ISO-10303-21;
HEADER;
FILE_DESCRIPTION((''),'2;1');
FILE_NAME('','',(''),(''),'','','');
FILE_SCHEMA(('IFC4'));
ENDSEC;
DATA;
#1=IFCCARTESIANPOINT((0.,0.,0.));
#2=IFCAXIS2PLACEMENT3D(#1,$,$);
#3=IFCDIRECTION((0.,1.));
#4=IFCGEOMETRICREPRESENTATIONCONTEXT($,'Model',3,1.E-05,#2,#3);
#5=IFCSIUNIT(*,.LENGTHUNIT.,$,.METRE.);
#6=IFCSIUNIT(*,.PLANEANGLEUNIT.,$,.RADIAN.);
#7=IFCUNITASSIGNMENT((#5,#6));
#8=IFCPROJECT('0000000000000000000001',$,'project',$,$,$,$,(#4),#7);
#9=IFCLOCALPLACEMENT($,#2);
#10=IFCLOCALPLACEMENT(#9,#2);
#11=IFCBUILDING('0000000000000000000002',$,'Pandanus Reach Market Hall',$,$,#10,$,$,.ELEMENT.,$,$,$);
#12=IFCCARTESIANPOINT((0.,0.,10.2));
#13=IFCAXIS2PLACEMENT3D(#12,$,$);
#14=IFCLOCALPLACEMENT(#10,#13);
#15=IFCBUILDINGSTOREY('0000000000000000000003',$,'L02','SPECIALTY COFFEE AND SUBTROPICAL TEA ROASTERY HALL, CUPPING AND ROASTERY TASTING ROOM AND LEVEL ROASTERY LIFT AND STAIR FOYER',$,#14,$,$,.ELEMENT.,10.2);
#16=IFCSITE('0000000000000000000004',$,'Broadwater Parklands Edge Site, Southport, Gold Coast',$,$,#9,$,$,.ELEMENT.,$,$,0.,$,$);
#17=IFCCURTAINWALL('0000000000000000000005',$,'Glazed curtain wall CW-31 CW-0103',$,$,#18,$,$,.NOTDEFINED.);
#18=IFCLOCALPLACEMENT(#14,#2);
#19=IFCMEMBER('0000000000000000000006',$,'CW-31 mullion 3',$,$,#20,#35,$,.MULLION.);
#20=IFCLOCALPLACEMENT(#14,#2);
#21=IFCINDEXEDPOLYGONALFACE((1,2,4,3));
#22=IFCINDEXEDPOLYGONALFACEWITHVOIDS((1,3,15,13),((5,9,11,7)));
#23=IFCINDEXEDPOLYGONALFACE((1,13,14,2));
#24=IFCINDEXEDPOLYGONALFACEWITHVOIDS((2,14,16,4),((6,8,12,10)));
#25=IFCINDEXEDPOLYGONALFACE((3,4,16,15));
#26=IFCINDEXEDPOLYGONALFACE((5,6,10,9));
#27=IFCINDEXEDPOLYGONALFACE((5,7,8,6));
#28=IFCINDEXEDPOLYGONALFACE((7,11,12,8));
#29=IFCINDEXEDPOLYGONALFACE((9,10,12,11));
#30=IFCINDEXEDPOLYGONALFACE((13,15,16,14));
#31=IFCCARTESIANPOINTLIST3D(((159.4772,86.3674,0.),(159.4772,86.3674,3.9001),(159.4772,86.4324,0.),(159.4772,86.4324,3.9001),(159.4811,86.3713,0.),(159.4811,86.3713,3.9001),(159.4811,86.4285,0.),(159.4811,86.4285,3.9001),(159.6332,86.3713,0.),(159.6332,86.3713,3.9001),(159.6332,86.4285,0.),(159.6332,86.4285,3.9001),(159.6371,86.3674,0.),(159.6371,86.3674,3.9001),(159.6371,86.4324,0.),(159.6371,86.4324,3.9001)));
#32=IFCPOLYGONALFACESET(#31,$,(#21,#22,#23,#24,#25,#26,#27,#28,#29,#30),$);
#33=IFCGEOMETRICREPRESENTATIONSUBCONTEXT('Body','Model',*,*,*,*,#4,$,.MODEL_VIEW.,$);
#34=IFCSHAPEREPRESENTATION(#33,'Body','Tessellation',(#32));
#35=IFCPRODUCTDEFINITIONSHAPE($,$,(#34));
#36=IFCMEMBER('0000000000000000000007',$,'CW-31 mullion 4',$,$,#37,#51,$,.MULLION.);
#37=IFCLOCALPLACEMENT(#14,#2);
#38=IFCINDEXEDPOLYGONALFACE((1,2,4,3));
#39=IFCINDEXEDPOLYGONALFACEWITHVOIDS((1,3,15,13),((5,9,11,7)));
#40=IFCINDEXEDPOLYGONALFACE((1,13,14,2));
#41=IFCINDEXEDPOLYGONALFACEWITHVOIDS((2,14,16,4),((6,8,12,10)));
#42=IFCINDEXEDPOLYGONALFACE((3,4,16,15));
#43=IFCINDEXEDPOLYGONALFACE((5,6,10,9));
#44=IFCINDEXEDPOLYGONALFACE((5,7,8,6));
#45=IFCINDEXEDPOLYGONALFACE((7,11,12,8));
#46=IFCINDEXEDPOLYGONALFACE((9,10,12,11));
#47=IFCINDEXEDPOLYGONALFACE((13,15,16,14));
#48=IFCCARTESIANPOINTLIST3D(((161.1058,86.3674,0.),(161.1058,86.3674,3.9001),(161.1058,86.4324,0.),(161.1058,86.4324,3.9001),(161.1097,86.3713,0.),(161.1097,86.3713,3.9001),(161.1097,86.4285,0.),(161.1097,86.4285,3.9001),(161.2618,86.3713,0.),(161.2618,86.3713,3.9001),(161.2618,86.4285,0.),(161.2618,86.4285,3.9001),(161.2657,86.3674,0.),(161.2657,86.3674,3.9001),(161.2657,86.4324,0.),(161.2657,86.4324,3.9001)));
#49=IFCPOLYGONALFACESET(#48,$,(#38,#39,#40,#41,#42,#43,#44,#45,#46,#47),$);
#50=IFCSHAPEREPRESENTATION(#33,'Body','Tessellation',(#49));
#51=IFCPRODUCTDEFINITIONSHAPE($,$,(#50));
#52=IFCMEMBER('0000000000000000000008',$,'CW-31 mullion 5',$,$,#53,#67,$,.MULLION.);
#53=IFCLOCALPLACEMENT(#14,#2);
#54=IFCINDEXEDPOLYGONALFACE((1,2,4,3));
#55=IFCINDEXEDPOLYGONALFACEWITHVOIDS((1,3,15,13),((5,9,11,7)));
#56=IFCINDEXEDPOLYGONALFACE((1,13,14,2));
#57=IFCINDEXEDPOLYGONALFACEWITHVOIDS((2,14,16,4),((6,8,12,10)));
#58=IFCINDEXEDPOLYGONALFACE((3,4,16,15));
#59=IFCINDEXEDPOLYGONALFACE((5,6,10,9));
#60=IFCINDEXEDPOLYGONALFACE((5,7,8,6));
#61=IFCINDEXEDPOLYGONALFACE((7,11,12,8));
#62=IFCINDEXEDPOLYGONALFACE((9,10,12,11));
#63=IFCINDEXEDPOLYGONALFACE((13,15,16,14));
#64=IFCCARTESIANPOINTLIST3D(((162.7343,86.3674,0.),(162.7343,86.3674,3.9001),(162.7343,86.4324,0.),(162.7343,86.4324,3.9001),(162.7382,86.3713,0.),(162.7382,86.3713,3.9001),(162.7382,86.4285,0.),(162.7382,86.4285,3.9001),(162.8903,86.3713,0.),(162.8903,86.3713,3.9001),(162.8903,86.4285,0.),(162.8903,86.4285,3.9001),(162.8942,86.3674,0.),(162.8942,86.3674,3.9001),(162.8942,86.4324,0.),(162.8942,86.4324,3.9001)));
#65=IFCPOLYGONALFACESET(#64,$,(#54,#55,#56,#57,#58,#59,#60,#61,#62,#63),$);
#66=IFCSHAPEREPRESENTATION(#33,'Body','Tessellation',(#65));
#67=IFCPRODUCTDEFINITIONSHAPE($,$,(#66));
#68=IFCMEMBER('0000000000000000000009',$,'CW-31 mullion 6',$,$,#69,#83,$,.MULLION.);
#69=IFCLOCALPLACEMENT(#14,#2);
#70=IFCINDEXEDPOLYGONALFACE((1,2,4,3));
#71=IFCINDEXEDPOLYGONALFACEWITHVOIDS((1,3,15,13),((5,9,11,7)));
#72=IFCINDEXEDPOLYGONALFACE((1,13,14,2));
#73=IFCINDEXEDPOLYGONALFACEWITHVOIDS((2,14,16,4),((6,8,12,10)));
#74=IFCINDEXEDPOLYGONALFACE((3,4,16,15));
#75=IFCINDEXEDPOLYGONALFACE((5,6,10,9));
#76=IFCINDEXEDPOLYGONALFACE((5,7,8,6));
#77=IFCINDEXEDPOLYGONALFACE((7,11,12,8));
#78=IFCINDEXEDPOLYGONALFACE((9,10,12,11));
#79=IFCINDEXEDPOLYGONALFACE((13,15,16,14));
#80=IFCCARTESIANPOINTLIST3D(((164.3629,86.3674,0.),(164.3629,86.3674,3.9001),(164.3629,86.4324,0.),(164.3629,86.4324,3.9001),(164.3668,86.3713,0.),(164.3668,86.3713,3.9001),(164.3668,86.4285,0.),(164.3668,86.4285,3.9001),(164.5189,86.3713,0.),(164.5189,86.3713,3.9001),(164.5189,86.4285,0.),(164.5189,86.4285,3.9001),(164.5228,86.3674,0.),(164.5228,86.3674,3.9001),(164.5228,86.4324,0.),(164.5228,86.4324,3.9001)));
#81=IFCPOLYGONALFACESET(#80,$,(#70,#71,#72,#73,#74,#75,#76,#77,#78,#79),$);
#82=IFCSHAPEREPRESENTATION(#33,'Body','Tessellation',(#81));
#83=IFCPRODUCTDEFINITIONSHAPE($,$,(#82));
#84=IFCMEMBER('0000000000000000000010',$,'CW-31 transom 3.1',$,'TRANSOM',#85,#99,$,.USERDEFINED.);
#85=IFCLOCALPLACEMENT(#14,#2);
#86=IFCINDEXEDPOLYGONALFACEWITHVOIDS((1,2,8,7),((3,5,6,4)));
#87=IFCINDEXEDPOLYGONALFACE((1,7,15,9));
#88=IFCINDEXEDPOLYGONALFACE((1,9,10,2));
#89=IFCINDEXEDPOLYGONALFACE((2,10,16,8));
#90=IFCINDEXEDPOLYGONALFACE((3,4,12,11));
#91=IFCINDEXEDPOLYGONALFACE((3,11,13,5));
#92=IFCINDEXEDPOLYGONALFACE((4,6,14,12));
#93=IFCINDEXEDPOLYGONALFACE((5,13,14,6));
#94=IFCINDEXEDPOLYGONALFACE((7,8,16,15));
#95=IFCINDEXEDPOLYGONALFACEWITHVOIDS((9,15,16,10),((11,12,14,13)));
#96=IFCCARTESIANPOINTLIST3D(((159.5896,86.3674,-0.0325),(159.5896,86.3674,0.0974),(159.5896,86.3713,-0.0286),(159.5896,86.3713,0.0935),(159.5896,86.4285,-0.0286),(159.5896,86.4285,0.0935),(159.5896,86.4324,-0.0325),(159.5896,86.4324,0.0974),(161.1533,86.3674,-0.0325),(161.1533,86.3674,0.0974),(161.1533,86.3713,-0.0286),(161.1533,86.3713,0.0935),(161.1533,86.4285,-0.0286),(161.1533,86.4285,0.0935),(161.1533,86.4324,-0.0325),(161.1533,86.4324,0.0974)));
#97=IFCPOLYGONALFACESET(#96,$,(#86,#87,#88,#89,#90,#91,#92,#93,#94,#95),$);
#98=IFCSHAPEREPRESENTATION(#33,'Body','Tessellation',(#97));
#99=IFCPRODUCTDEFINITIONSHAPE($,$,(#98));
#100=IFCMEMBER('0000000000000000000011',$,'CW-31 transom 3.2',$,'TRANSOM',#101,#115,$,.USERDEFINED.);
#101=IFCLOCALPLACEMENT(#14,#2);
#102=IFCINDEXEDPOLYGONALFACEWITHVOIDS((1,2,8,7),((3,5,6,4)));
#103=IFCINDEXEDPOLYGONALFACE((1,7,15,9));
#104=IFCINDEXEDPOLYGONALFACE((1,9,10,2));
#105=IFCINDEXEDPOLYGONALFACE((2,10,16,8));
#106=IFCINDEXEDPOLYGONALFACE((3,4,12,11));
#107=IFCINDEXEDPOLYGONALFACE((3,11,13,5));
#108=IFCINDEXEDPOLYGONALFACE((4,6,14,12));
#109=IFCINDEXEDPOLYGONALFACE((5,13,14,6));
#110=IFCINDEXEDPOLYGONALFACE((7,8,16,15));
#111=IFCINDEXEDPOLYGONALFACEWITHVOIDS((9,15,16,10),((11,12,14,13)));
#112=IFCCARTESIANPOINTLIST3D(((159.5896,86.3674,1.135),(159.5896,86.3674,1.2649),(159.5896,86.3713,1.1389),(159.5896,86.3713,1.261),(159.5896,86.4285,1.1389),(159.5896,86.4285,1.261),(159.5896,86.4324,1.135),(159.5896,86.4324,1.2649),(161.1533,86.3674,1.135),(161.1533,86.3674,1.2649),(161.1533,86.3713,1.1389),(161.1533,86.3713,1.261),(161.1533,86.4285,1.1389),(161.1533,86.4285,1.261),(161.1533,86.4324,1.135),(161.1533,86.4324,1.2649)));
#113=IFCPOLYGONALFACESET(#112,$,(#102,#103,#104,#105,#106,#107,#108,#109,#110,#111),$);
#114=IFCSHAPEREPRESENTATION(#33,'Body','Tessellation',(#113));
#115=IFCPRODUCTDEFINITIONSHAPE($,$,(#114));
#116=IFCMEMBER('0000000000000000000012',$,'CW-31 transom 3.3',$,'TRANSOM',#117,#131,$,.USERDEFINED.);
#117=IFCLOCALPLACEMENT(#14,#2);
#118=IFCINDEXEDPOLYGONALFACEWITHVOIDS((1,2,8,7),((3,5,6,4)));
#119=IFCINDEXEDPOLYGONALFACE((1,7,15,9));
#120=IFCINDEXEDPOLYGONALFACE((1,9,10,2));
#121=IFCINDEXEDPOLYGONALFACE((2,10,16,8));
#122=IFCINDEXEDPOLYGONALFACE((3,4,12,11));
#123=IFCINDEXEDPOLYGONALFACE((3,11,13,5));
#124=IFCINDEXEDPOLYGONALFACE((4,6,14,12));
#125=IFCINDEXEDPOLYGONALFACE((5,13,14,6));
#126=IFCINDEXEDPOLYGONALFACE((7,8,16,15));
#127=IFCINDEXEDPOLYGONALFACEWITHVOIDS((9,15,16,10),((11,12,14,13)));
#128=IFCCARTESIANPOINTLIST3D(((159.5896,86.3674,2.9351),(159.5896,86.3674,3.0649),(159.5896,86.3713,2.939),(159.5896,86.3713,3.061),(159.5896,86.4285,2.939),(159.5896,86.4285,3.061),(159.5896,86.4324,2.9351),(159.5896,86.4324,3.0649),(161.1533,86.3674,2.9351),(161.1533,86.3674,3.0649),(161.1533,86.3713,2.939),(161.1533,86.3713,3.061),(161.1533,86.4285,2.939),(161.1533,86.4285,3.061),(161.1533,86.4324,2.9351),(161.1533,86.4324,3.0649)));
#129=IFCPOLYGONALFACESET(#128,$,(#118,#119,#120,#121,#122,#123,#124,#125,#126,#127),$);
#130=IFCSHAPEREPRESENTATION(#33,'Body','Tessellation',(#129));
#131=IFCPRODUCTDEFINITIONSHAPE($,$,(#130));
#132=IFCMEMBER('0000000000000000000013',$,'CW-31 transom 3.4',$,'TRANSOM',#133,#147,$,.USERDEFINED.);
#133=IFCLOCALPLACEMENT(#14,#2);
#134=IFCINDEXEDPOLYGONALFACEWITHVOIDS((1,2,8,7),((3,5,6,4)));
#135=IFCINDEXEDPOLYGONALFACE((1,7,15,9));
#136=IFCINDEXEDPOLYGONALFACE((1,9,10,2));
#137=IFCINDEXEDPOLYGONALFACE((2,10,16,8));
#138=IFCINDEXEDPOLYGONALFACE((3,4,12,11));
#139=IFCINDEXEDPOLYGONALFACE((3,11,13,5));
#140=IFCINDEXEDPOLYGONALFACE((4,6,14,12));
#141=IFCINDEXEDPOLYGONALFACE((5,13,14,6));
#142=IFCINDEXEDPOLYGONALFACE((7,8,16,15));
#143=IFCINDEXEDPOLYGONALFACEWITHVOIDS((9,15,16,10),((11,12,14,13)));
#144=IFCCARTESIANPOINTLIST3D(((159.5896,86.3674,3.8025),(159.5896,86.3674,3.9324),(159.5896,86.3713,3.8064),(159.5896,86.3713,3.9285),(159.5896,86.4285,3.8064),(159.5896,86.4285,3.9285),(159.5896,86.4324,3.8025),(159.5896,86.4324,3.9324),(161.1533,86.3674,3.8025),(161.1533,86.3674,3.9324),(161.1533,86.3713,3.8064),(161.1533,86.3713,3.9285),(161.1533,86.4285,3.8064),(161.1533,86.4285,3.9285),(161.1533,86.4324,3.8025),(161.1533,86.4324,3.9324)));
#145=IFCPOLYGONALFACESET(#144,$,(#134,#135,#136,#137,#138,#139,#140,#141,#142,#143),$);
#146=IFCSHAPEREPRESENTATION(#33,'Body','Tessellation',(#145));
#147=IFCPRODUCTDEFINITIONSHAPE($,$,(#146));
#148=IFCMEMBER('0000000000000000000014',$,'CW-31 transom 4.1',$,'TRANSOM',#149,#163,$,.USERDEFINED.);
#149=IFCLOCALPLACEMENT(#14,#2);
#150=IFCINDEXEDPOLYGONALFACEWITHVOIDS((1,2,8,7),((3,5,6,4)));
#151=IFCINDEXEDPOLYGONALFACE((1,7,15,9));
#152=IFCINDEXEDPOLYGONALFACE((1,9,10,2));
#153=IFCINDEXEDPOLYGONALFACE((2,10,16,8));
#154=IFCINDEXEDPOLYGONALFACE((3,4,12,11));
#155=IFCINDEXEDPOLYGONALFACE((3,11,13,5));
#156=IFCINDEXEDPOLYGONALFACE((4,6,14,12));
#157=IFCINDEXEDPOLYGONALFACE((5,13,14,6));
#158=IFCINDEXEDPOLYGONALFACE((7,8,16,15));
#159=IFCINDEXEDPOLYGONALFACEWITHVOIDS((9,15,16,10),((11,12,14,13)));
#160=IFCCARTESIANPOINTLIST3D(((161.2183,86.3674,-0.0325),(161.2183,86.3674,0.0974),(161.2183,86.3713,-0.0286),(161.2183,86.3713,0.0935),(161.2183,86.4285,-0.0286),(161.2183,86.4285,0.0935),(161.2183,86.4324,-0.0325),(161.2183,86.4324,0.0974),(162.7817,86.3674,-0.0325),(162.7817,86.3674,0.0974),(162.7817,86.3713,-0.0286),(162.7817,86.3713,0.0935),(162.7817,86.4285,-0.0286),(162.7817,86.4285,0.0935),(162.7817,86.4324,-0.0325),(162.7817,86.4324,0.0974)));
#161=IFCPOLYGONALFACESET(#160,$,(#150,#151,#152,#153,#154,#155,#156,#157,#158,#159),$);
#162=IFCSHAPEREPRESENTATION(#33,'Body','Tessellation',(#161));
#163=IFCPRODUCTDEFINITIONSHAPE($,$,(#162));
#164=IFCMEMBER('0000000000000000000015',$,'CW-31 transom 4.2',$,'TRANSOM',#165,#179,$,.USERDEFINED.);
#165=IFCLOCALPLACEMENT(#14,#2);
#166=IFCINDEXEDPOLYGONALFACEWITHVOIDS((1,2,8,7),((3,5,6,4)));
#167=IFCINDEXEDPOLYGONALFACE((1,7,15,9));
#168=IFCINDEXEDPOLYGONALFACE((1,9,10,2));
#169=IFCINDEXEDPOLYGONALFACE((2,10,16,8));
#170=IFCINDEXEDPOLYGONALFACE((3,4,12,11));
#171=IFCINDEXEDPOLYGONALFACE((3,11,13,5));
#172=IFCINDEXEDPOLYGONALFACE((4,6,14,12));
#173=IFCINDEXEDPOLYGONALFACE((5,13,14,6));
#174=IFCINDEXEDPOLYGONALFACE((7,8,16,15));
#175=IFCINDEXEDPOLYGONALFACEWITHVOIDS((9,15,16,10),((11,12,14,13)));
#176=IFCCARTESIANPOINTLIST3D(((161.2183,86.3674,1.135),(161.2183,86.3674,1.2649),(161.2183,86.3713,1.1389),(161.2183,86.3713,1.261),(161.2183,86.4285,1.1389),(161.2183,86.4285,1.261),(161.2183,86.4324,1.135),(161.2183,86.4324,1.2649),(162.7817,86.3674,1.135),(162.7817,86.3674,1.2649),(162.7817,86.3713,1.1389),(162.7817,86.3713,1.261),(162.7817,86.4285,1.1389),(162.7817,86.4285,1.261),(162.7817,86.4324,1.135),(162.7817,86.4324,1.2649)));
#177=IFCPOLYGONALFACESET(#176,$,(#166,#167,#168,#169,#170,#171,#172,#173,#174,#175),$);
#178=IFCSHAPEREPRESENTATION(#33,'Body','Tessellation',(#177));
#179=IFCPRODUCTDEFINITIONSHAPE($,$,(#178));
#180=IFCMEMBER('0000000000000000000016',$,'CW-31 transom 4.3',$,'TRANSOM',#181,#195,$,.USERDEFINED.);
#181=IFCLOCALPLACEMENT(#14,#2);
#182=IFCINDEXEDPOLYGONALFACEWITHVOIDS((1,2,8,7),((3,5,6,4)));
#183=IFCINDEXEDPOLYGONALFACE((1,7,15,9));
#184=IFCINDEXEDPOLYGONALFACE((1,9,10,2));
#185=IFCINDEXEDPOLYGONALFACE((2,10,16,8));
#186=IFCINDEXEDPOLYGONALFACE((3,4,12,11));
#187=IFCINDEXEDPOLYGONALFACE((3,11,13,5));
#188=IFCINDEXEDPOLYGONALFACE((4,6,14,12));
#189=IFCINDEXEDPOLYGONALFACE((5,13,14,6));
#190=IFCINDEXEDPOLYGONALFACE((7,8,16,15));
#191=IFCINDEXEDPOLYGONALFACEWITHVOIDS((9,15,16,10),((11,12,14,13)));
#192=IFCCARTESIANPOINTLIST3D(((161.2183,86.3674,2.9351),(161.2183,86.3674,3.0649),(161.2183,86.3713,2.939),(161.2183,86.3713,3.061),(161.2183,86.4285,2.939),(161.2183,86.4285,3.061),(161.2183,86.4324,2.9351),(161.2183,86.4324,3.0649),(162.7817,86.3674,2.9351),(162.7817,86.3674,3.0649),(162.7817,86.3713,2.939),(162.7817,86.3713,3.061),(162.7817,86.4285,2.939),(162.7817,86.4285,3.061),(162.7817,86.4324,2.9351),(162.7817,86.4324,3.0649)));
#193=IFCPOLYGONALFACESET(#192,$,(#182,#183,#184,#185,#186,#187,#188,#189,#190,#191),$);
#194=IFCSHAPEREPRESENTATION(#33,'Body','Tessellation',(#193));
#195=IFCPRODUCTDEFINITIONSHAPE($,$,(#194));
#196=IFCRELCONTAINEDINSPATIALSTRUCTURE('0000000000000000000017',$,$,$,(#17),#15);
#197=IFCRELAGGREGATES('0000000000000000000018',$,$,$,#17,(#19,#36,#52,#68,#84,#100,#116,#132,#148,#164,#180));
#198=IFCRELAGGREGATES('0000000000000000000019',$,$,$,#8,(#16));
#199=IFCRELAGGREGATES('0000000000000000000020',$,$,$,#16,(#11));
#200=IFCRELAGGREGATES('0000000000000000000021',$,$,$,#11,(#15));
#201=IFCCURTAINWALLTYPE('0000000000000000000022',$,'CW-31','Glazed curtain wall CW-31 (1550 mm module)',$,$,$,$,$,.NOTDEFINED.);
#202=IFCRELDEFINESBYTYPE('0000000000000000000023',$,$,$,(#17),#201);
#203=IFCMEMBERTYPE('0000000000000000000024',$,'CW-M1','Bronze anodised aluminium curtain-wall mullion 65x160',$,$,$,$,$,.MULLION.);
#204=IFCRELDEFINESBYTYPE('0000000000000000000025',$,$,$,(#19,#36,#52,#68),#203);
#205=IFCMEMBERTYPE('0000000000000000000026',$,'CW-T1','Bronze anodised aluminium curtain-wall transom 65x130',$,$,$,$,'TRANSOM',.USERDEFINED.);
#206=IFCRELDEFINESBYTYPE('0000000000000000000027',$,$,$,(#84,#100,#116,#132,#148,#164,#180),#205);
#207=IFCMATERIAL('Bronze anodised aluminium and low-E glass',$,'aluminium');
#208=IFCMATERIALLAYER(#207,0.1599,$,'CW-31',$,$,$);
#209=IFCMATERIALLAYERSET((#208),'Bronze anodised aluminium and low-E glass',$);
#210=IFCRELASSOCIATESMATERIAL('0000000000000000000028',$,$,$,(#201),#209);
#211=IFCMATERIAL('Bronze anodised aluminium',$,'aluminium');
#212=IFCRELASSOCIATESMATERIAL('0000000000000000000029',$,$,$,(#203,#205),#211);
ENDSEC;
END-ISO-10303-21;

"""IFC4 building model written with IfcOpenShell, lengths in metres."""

from ifc_helpers import new_model, si_unit, direction, frame, origin, origin_2d, place, context, subcontext, project, spatial, hollow_rectangle, extrude, material, layer, layer_set, material_profile, profile_set, type_object, element, aggregate, save


model = new_model("IFC4")

# Units and contexts
model_context = context("Model", 3, precision=1e-05, world=origin(), true_north=direction((0.0, 1.0)))
body_context = subcontext(model_context, "Body", "Model", "MODEL_VIEW")
ifc_project = project(units=[si_unit("LENGTHUNIT", "METRE"), si_unit("PLANEANGLEUNIT", "RADIAN")], contexts=[model_context])

# Site, building, storey
site_placement = place(None, origin())
site = spatial("IfcSite", under=ifc_project, at=site_placement, Name="Broadwater Parklands Edge Site, Southport, Gold Coast", CompositionType="ELEMENT", RefElevation=0.0)
building_placement = place(site_placement, origin())
building = spatial("IfcBuilding", under=site, at=building_placement, Name="Pandanus Reach Market Hall", CompositionType="ELEMENT")
storey_placement = place(building_placement, frame((0.0, 0.0, 10.2)))
storey = spatial("IfcBuildingStorey", under=building, at=storey_placement, Name="L02", Description="SPECIALTY COFFEE AND SUBTROPICAL TEA ROASTERY HALL, CUPPING AND ROASTERY TASTING ROOM AND LEVEL ROASTERY LIFT AND STAIR FOYER", CompositionType="ELEMENT", Elevation=10.2)

# Curtain wall, members
ifc_material_1 = material(Name="Bronze anodised aluminium and low-E glass", Category="aluminium")
ifc_layer_1 = layer(ifc_material_1, 0.1599, Name="CW-31")
ifc_layer_set_1 = layer_set([ifc_layer_1], Name="Bronze anodised aluminium and low-E glass")
curtain_wall_type = type_object("IfcCurtainWallType", Name="CW-31", Description="Glazed curtain wall CW-31 (1550 mm module)", PredefinedType="NOTDEFINED", material=ifc_layer_set_1)
curtain_wall_placement = place(storey_placement, origin())
curtain_wall = element("IfcCurtainWall", 1, at=curtain_wall_placement, inside=storey, type_object=curtain_wall_type, Name="Glazed curtain wall CW-31 CW-0103", PredefinedType="NOTDEFINED")
ifc_material_2 = material(Name="Bronze anodised aluminium", Category="aluminium")
ifc_material_profile_1 = material_profile(ifc_material_2, hollow_rectangle(XDim=0.0649, YDim=0.1599, WallThickness=0.0039, at=origin_2d()), Name="ALU65x160", Category="LoadBearing")
ifc_profile_set_1 = profile_set([ifc_material_profile_1], Name="Bronze anodised aluminium")
member_type_1 = type_object("IfcMemberType", Name="CW-M1", Description="Bronze anodised aluminium curtain-wall mullion 65x160", PredefinedType="MULLION", material=ifc_profile_set_1)
member_1_placement = place(storey_placement, frame((159.5571, 86.3999, 0.0), z_axis=(0.0, 0.0, 1.0), x_axis=(0.0, 1.0, 0.0)))
member_1 = element("IfcMember", 2, at=member_1_placement, type_object=member_type_1, Name="CW-31 mullion 3", PredefinedType="MULLION", context=body_context, shape_type="SweptSolid", body=[
    extrude(hollow_rectangle(XDim=0.0649, YDim=0.1599, WallThickness=0.0039, at=origin_2d()), origin(), (0.0, 0.0, 1.0), 3.9001),
])
member_2_placement = place(storey_placement, frame((161.1858, 86.3999, 0.0), z_axis=(0.0, 0.0, 1.0), x_axis=(0.0, 1.0, 0.0)))
member_2 = element("IfcMember", 3, at=member_2_placement, type_object=member_type_1, Name="CW-31 mullion 4", PredefinedType="MULLION", context=body_context, shape_type="SweptSolid", body=[
    extrude(hollow_rectangle(XDim=0.0649, YDim=0.1599, WallThickness=0.0039, at=origin_2d()), origin(), (0.0, 0.0, 1.0), 3.9001),
])
member_3_placement = place(storey_placement, frame((162.8142, 86.3999, 0.0), z_axis=(0.0, 0.0, 1.0), x_axis=(0.0, 1.0, 0.0)))
member_3 = element("IfcMember", 4, at=member_3_placement, type_object=member_type_1, Name="CW-31 mullion 5", PredefinedType="MULLION", context=body_context, shape_type="SweptSolid", body=[
    extrude(hollow_rectangle(XDim=0.0649, YDim=0.1599, WallThickness=0.0039, at=origin_2d()), origin(), (0.0, 0.0, 1.0), 3.9001),
])
member_4_placement = place(storey_placement, frame((164.4429, 86.3999, 0.0), z_axis=(0.0, 0.0, 1.0), x_axis=(0.0, 1.0, 0.0)))
member_4 = element("IfcMember", 5, at=member_4_placement, type_object=member_type_1, Name="CW-31 mullion 6", PredefinedType="MULLION", context=body_context, shape_type="SweptSolid", body=[
    extrude(hollow_rectangle(XDim=0.0649, YDim=0.1599, WallThickness=0.0039, at=origin_2d()), origin(), (0.0, 0.0, 1.0), 3.9001),
])
ifc_material_profile_2 = material_profile(ifc_material_2, hollow_rectangle(XDim=0.0649, YDim=0.1299, WallThickness=0.0039, at=origin_2d()), Name="ALU65x130", Category="LoadBearing")
ifc_profile_set_2 = profile_set([ifc_material_profile_2], Name="Bronze anodised aluminium")
member_type_2 = type_object("IfcMemberType", Name="CW-T1", Description="Bronze anodised aluminium curtain-wall transom 65x130", ElementType="TRANSOM", PredefinedType="USERDEFINED", material=ifc_profile_set_2)
member_5_placement = place(storey_placement, frame((159.5896, 86.3999, 0.0325), z_axis=(1.0, 0.0, 0.0), x_axis=(0.0, 1.0, 0.0)))
member_5 = element("IfcMember", 6, at=member_5_placement, type_object=member_type_2, Name="CW-31 transom 3.1", ObjectType="TRANSOM", PredefinedType="USERDEFINED", context=body_context, shape_type="SweptSolid", body=[
    extrude(hollow_rectangle(XDim=0.0649, YDim=0.1299, WallThickness=0.0039, at=origin_2d()), origin(), (0.0, 0.0, 1.0), 1.5637),
])
member_6_placement = place(storey_placement, frame((159.5896, 86.3999, 1.2), z_axis=(1.0, 0.0, 0.0), x_axis=(0.0, 1.0, 0.0)))
member_6 = element("IfcMember", 7, at=member_6_placement, type_object=member_type_2, Name="CW-31 transom 3.2", ObjectType="TRANSOM", PredefinedType="USERDEFINED", context=body_context, shape_type="SweptSolid", body=[
    extrude(hollow_rectangle(XDim=0.0649, YDim=0.1299, WallThickness=0.0039, at=origin_2d()), origin(), (0.0, 0.0, 1.0), 1.5637),
])
member_7_placement = place(storey_placement, frame((159.5896, 86.3999, 3.0), z_axis=(1.0, 0.0, 0.0), x_axis=(0.0, 1.0, 0.0)))
member_7 = element("IfcMember", 8, at=member_7_placement, type_object=member_type_2, Name="CW-31 transom 3.3", ObjectType="TRANSOM", PredefinedType="USERDEFINED", context=body_context, shape_type="SweptSolid", body=[
    extrude(hollow_rectangle(XDim=0.0649, YDim=0.1299, WallThickness=0.0039, at=origin_2d()), origin(), (0.0, 0.0, 1.0), 1.5637),
])
member_8_placement = place(storey_placement, frame((159.5896, 86.3999, 3.8674), z_axis=(1.0, 0.0, 0.0), x_axis=(0.0, 1.0, 0.0)))
member_8 = element("IfcMember", 9, at=member_8_placement, type_object=member_type_2, Name="CW-31 transom 3.4", ObjectType="TRANSOM", PredefinedType="USERDEFINED", context=body_context, shape_type="SweptSolid", body=[
    extrude(hollow_rectangle(XDim=0.0649, YDim=0.1299, WallThickness=0.0039, at=origin_2d()), origin(), (0.0, 0.0, 1.0), 1.5637),
])
member_9_placement = place(storey_placement, frame((161.2183, 86.3999, 0.0325), z_axis=(1.0, 0.0, 0.0), x_axis=(0.0, 1.0, 0.0)))
member_9 = element("IfcMember", 10, at=member_9_placement, type_object=member_type_2, Name="CW-31 transom 4.1", ObjectType="TRANSOM", PredefinedType="USERDEFINED", context=body_context, shape_type="SweptSolid", body=[
    extrude(hollow_rectangle(XDim=0.0649, YDim=0.1299, WallThickness=0.0039, at=origin_2d()), origin(), (0.0, 0.0, 1.0), 1.5635),
])
member_10_placement = place(storey_placement, frame((161.2183, 86.3999, 1.2), z_axis=(1.0, 0.0, 0.0), x_axis=(0.0, 1.0, 0.0)))
member_10 = element("IfcMember", 11, at=member_10_placement, type_object=member_type_2, Name="CW-31 transom 4.2", ObjectType="TRANSOM", PredefinedType="USERDEFINED", context=body_context, shape_type="SweptSolid", body=[
    extrude(hollow_rectangle(XDim=0.0649, YDim=0.1299, WallThickness=0.0039, at=origin_2d()), origin(), (0.0, 0.0, 1.0), 1.5635),
])
member_11_placement = place(storey_placement, frame((161.2183, 86.3999, 3.0), z_axis=(1.0, 0.0, 0.0), x_axis=(0.0, 1.0, 0.0)))
member_11 = element("IfcMember", 12, at=member_11_placement, type_object=member_type_2, Name="CW-31 transom 4.3", ObjectType="TRANSOM", PredefinedType="USERDEFINED", context=body_context, shape_type="SweptSolid", body=[
    extrude(hollow_rectangle(XDim=0.0649, YDim=0.1299, WallThickness=0.0039, at=origin_2d()), origin(), (0.0, 0.0, 1.0), 1.5635),
])
aggregate(curtain_wall, [member_1, member_2, member_3, member_4, member_5, member_6, member_7, member_8, member_9, member_10, member_11])

save(model, "model.ifc")
